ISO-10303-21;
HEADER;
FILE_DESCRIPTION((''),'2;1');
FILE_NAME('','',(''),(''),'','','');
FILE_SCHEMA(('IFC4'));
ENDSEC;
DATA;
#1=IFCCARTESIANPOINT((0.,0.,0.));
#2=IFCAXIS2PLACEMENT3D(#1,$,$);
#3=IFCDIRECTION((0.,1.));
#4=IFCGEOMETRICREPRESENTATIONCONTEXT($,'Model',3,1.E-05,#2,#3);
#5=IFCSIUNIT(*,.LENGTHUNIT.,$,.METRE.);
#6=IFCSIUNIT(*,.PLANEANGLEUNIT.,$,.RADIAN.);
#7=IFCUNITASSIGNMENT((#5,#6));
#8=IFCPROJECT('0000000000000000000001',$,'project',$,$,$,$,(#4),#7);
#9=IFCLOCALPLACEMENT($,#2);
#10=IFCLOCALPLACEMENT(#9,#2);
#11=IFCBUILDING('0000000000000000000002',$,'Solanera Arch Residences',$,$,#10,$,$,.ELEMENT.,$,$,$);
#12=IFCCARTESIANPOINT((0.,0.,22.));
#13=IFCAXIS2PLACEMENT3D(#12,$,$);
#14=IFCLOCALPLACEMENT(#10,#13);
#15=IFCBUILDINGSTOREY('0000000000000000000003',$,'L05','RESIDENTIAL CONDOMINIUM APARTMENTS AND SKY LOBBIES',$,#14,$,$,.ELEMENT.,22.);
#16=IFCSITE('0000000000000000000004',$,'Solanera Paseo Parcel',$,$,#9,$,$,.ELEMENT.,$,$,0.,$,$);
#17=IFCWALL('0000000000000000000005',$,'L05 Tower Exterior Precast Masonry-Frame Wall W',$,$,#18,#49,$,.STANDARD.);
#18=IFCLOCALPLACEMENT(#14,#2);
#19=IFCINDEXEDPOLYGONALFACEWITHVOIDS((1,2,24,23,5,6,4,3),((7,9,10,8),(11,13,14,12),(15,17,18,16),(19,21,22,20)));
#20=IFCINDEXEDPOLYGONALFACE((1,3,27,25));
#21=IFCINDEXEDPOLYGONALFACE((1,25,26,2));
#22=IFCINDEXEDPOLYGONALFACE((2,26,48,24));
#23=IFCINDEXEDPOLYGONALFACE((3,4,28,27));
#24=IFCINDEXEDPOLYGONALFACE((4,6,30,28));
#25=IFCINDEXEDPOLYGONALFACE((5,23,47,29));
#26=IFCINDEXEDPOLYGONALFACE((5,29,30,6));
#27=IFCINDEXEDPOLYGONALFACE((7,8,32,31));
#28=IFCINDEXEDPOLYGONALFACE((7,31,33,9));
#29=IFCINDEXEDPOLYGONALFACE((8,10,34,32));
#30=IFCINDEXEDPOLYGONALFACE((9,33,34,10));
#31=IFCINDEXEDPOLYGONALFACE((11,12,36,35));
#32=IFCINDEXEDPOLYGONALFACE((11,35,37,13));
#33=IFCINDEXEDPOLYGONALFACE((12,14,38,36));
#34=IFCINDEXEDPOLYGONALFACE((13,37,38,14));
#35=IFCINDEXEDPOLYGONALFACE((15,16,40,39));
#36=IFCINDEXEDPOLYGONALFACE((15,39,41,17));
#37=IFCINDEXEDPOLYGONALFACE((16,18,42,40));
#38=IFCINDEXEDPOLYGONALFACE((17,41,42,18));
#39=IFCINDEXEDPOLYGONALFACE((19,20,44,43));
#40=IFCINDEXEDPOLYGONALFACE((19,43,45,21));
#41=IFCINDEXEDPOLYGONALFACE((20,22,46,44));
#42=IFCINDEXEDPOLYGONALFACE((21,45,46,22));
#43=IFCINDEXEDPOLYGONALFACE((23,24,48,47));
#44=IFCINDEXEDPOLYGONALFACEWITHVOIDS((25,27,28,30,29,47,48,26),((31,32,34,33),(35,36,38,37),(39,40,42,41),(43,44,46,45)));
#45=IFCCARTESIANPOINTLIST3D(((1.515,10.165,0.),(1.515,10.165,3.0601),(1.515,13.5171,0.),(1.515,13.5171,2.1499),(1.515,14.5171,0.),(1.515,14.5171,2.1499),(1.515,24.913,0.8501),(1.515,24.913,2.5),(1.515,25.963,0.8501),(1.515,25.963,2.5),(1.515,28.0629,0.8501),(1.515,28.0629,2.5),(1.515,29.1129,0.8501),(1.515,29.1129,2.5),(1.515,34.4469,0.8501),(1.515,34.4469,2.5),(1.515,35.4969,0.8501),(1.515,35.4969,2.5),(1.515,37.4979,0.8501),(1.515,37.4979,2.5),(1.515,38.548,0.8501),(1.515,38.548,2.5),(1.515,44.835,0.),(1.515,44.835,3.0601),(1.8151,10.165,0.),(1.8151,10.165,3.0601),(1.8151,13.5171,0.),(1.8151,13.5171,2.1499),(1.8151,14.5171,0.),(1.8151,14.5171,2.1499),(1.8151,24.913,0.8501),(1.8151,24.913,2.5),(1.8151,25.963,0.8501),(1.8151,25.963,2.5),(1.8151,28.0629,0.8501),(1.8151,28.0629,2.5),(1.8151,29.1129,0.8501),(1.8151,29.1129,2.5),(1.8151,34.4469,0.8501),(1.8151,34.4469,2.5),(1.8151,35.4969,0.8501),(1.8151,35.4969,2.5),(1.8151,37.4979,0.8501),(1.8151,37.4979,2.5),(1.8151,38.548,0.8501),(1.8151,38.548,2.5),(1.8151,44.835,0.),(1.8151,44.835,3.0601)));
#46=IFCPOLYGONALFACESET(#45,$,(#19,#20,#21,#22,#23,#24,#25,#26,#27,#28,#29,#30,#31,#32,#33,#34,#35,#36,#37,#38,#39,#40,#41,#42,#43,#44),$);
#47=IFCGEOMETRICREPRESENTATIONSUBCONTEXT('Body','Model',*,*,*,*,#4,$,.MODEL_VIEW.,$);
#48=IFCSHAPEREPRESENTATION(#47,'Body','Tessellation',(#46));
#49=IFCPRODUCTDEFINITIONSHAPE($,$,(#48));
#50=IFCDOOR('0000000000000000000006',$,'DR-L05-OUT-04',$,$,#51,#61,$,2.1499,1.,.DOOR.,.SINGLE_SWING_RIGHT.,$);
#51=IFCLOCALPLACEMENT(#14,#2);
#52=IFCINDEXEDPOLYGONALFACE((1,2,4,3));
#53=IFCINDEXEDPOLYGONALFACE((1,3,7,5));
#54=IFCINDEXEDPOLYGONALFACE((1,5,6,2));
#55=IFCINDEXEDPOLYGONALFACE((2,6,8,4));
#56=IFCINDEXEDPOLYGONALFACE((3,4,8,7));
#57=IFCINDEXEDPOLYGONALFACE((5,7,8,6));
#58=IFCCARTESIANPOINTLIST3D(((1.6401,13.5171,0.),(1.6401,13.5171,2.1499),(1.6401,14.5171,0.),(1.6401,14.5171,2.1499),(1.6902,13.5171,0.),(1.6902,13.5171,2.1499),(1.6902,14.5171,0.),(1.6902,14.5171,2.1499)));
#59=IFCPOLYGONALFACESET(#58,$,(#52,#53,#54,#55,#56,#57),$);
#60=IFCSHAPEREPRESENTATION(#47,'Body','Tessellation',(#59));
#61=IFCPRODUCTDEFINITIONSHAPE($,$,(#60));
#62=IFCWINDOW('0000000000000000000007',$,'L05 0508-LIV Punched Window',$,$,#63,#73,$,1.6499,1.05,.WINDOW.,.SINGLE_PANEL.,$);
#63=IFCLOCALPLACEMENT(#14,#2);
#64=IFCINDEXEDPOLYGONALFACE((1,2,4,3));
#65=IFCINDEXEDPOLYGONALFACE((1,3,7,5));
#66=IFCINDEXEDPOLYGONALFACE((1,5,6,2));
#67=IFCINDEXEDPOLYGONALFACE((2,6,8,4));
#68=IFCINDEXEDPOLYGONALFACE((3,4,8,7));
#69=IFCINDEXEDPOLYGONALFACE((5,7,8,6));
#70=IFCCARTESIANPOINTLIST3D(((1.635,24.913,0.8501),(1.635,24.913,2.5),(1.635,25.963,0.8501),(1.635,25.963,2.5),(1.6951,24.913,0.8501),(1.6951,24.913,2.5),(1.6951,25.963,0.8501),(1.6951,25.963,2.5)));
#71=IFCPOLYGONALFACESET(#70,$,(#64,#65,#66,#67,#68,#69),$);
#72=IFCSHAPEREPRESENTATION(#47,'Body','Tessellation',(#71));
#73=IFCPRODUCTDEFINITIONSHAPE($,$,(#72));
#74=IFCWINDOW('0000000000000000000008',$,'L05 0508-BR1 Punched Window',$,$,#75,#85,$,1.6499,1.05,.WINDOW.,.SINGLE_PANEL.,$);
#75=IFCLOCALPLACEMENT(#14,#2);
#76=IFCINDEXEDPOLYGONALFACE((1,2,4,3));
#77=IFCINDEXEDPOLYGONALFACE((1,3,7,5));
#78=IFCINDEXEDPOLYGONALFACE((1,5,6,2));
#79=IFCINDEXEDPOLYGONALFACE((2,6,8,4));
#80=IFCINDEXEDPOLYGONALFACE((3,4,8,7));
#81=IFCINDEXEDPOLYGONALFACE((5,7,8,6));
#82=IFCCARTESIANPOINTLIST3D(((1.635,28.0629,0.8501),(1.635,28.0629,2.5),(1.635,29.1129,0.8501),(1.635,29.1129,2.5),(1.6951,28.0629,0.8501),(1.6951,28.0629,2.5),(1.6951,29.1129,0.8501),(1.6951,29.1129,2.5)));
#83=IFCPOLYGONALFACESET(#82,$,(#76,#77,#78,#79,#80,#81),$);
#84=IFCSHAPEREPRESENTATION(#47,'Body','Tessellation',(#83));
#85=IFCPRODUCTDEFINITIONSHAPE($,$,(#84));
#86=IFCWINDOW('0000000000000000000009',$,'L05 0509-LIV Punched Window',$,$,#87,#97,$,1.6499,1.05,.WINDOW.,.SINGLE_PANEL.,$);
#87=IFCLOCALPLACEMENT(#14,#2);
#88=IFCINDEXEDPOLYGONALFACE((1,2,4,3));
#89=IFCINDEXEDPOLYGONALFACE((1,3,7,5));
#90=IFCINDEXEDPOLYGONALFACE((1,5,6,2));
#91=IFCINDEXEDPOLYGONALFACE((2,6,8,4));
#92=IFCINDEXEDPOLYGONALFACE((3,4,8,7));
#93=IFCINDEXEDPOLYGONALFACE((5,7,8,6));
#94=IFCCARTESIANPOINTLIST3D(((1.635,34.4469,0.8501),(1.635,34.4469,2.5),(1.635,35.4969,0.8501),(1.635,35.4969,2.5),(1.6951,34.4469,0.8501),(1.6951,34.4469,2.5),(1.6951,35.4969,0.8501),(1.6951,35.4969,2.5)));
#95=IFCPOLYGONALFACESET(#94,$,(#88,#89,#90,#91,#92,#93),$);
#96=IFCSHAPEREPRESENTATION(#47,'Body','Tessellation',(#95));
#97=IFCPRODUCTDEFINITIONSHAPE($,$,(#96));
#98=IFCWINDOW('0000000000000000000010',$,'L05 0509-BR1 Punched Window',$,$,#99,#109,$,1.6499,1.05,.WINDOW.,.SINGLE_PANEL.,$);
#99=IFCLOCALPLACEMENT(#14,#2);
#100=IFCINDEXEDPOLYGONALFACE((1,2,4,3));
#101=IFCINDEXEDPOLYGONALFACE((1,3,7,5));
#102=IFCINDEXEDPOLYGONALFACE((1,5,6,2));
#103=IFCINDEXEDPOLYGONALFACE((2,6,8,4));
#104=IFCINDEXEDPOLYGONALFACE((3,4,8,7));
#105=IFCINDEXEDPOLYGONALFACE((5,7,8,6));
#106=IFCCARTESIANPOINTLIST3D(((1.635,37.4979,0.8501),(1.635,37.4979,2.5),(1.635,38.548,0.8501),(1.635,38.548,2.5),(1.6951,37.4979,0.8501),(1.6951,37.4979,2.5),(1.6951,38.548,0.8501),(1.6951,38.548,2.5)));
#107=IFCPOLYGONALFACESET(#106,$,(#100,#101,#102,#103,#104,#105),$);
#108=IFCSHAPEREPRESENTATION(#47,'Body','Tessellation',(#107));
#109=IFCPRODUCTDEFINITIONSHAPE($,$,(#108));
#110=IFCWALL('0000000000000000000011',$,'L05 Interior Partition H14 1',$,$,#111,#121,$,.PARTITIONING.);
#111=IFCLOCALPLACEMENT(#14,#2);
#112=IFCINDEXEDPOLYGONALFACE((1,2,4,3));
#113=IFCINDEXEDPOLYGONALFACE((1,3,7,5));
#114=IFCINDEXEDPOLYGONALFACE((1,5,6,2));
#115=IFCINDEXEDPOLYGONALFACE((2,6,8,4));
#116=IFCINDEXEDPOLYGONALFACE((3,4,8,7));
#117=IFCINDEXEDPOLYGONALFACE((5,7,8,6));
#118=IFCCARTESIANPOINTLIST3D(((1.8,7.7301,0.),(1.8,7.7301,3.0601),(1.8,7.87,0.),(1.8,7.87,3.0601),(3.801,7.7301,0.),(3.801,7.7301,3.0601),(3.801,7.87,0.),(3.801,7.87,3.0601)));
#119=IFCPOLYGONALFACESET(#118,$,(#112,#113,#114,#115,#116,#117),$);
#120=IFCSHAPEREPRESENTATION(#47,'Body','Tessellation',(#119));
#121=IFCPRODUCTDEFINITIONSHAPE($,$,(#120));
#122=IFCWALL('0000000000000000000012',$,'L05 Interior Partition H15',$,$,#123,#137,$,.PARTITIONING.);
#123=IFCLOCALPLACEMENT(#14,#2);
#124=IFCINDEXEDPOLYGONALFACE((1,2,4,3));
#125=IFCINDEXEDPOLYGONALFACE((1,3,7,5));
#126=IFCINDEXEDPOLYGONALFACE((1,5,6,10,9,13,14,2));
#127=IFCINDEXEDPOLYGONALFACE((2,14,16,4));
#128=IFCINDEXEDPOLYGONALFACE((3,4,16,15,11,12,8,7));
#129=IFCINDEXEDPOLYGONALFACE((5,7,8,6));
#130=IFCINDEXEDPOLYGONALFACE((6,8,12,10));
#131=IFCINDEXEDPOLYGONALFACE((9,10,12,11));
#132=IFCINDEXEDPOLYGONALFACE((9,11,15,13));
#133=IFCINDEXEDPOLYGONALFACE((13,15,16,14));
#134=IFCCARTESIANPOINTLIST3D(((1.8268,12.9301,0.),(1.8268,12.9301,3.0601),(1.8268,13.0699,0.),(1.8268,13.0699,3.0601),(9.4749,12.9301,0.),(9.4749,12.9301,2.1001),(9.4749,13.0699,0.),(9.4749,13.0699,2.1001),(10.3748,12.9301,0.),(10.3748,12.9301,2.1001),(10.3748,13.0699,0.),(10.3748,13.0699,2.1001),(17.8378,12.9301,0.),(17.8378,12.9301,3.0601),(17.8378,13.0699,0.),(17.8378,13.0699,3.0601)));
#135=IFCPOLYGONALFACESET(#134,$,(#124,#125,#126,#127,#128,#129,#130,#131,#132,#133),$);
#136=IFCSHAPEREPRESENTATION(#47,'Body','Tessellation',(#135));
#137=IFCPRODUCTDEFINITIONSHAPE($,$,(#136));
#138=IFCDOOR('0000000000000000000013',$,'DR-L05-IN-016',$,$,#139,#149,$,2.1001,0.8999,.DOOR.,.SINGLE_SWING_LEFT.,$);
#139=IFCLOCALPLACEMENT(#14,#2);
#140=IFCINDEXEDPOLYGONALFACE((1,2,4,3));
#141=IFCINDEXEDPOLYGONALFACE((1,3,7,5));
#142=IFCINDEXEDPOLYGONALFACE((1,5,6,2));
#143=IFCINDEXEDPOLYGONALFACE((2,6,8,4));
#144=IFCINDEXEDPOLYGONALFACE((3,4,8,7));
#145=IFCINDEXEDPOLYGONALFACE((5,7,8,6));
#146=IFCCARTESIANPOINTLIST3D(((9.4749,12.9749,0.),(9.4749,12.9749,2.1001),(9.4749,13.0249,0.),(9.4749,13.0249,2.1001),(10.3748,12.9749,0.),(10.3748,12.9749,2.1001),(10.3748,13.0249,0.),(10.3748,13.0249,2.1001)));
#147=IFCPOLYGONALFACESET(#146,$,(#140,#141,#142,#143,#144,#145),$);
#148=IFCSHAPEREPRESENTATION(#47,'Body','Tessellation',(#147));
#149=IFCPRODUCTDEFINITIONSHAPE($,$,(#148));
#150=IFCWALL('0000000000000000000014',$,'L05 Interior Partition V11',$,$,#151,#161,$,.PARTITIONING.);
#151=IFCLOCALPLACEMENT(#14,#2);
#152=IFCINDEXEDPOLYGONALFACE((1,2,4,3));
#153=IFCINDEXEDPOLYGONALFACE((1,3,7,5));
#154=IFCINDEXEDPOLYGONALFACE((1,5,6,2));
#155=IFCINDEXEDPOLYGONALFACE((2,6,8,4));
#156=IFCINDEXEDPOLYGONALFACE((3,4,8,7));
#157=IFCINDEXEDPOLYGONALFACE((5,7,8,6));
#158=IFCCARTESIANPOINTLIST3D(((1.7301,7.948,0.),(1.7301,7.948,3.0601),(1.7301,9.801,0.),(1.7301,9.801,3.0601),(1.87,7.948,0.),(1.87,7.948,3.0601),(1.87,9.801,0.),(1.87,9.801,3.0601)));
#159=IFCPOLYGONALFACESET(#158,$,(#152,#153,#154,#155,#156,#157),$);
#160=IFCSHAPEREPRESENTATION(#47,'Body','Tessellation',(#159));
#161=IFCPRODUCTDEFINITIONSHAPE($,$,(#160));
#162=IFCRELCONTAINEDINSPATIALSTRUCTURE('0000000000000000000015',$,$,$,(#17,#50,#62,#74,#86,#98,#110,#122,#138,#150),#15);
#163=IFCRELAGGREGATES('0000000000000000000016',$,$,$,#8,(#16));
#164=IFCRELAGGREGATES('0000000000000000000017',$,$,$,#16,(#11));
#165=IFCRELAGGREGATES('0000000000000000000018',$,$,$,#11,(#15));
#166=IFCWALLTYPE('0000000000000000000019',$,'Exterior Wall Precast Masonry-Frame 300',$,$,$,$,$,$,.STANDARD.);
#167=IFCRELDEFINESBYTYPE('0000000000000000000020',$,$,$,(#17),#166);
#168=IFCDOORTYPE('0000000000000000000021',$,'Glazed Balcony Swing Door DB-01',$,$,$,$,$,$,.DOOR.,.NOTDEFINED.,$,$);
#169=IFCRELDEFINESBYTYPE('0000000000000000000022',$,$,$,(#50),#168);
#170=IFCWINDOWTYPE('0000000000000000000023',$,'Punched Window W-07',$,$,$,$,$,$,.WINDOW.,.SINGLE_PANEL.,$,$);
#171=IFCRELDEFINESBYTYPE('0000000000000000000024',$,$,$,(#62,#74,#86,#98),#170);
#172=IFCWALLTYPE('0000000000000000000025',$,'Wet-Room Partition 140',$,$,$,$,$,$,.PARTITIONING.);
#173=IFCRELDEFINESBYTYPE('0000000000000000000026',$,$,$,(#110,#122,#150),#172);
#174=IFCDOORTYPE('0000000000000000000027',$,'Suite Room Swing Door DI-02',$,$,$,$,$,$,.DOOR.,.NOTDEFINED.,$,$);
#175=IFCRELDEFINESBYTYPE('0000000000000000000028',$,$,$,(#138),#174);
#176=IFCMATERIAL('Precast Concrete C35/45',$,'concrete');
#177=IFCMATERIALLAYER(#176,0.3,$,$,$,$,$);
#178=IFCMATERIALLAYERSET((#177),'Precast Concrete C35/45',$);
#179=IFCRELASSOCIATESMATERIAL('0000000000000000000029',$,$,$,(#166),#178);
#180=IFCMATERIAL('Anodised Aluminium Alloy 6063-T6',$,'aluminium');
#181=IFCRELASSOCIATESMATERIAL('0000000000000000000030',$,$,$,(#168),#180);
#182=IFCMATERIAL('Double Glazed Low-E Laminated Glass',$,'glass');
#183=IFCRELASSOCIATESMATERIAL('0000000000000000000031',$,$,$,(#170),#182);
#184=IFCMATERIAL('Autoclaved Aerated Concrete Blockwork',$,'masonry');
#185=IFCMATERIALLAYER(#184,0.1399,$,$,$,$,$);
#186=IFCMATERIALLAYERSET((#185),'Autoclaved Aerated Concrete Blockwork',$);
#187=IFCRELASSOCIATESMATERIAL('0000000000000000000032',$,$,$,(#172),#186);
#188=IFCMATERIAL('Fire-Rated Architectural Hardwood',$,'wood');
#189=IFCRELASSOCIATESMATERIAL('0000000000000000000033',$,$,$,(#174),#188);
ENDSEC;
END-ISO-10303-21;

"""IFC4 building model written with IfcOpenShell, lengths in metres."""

from ifc_helpers import new_model, si_unit, direction, frame, frame_2d, origin, place, context, subcontext, project, spatial, rectangle, extrude, material, layer, layer_set, type_object, element, fill, save


model = new_model("IFC4")

# Units and contexts
model_context = context("Model", 3, precision=1e-05, world=origin(), true_north=direction((0.0, 1.0)))
body_context = subcontext(model_context, "Body", "Model", "MODEL_VIEW")
ifc_project = project(units=[si_unit("LENGTHUNIT", "METRE"), si_unit("PLANEANGLEUNIT", "RADIAN")], contexts=[model_context])

# Site, building, storey
site_placement = place(None, origin())
site = spatial("IfcSite", under=ifc_project, at=site_placement, Name="Solanera Paseo Parcel", CompositionType="ELEMENT", RefElevation=0.0)
building_placement = place(site_placement, origin())
building = spatial("IfcBuilding", under=site, at=building_placement, Name="Solanera Arch Residences", CompositionType="ELEMENT")
storey_placement = place(building_placement, frame((0.0, 0.0, 22.0)))
storey = spatial("IfcBuildingStorey", under=building, at=storey_placement, Name="L05", Description="RESIDENTIAL CONDOMINIUM APARTMENTS AND SKY LOBBIES", CompositionType="ELEMENT", Elevation=22.0)

# Wall, openings, door, windows
ifc_material_1 = material(Name="Precast Concrete C35/45", Category="concrete")
ifc_layer_1 = layer(ifc_material_1, 0.3)
ifc_layer_set_1 = layer_set([ifc_layer_1], Name="Precast Concrete C35/45")
wall_type_1 = type_object("IfcWallType", Name="Exterior Wall Precast Masonry-Frame 300", PredefinedType="STANDARD", material=ifc_layer_set_1)
wall_1_placement = place(storey_placement, frame((1.665, 10.165, 0.0), z_axis=(0.0, 0.0, 1.0), x_axis=(0.0, 1.0, 0.0)))
wall_1 = element("IfcWall", 1, at=wall_1_placement, inside=storey, type_object=wall_type_1, Name="L05 Tower Exterior Precast Masonry-Frame Wall W", PredefinedType="STANDARD", context=body_context, shape_type="SweptSolid", body=[
    extrude(rectangle(XDim=34.6699, YDim=0.3, at=frame_2d((17.335, 0.0))), origin(), (0.0, 0.0, 1.0), 3.0601),
])
opening_1_placement = place(wall_1_placement, frame((3.3521, 0.0, 0.0)))
opening_1 = element("IfcOpeningElement", 2, at=opening_1_placement, cuts=wall_1, PredefinedType="OPENING", context=body_context, shape_type="SweptSolid", body=[
    extrude(rectangle(XDim=1.0, YDim=2.1499, at=frame_2d((0.5, 1.075))), frame((0.0, 0.1599, 0.0), z_axis=(0.0, -1.0, 0.0), x_axis=(1.0, 0.0, 0.0)), (0.0, 0.0, 1.0), 0.32),
])
opening_2_placement = place(wall_1_placement, frame((14.748, 0.0, 0.8501)))
opening_2 = element("IfcOpeningElement", 3, at=opening_2_placement, cuts=wall_1, PredefinedType="OPENING", context=body_context, shape_type="SweptSolid", body=[
    extrude(rectangle(XDim=1.05, YDim=1.6499, at=frame_2d((0.5249, 0.825))), frame((0.0, 0.1599, 0.0), z_axis=(0.0, -1.0, 0.0), x_axis=(1.0, 0.0, 0.0)), (0.0, 0.0, 1.0), 0.32),
])
opening_3_placement = place(wall_1_placement, frame((17.8979, 0.0, 0.8501)))
opening_3 = element("IfcOpeningElement", 4, at=opening_3_placement, cuts=wall_1, PredefinedType="OPENING", context=body_context, shape_type="SweptSolid", body=[
    extrude(rectangle(XDim=1.05, YDim=1.6499, at=frame_2d((0.5249, 0.825))), frame((0.0, 0.1599, 0.0), z_axis=(0.0, -1.0, 0.0), x_axis=(1.0, 0.0, 0.0)), (0.0, 0.0, 1.0), 0.32),
])
opening_4_placement = place(wall_1_placement, frame((24.282, 0.0, 0.8501)))
opening_4 = element("IfcOpeningElement", 5, at=opening_4_placement, cuts=wall_1, PredefinedType="OPENING", context=body_context, shape_type="SweptSolid", body=[
    extrude(rectangle(XDim=1.05, YDim=1.6499, at=frame_2d((0.5249, 0.825))), frame((0.0, 0.1599, 0.0), z_axis=(0.0, -1.0, 0.0), x_axis=(1.0, 0.0, 0.0)), (0.0, 0.0, 1.0), 0.32),
])
opening_5_placement = place(wall_1_placement, frame((27.333, 0.0, 0.8501)))
opening_5 = element("IfcOpeningElement", 6, at=opening_5_placement, cuts=wall_1, PredefinedType="OPENING", context=body_context, shape_type="SweptSolid", body=[
    extrude(rectangle(XDim=1.05, YDim=1.6499, at=frame_2d((0.5249, 0.825))), frame((0.0, 0.1599, 0.0), z_axis=(0.0, -1.0, 0.0), x_axis=(1.0, 0.0, 0.0)), (0.0, 0.0, 1.0), 0.32),
])
ifc_material_2 = material(Name="Anodised Aluminium Alloy 6063-T6", Category="aluminium")
door_type_1 = type_object("IfcDoorType", Name="Glazed Balcony Swing Door DB-01", OperationType="NOTDEFINED", PredefinedType="DOOR", material=ifc_material_2)
door_1_placement = place(opening_1_placement, origin())
door_1 = element("IfcDoor", 7, at=door_1_placement, inside=storey, type_object=door_type_1, Name="DR-L05-OUT-04", OperationType="SINGLE_SWING_RIGHT", OverallHeight=2.1499, OverallWidth=1.0, PredefinedType="DOOR", context=body_context, shape_type="SweptSolid", body=[
    extrude(rectangle(XDim=1.0, YDim=2.1499, at=frame_2d((0.5, 1.075))), frame((0.0, 0.0249, 0.0), z_axis=(0.0, -1.0, 0.0), x_axis=(1.0, 0.0, 0.0)), (0.0, 0.0, 1.0), 0.05),
])
fill(opening_1, door_1)
ifc_material_3 = material(Name="Double Glazed Low-E Laminated Glass", Category="glass")
window_type = type_object("IfcWindowType", Name="Punched Window W-07", PartitioningType="SINGLE_PANEL", PredefinedType="WINDOW", material=ifc_material_3)
window_1_placement = place(opening_2_placement, origin())
window_1 = element("IfcWindow", 8, at=window_1_placement, inside=storey, type_object=window_type, Name="L05 0508-LIV Punched Window", OverallHeight=1.6499, OverallWidth=1.05, PartitioningType="SINGLE_PANEL", PredefinedType="WINDOW", context=body_context, shape_type="SweptSolid", body=[
    extrude(rectangle(XDim=1.05, YDim=1.6499, at=frame_2d((0.5249, 0.825))), frame((0.0, 0.03, 0.0), z_axis=(0.0, -1.0, 0.0), x_axis=(1.0, 0.0, 0.0)), (0.0, 0.0, 1.0), 0.0601),
])
fill(opening_2, window_1)
window_2_placement = place(opening_3_placement, origin())
window_2 = element("IfcWindow", 9, at=window_2_placement, inside=storey, type_object=window_type, Name="L05 0508-BR1 Punched Window", OverallHeight=1.6499, OverallWidth=1.05, PartitioningType="SINGLE_PANEL", PredefinedType="WINDOW", context=body_context, shape_type="SweptSolid", body=[
    extrude(rectangle(XDim=1.05, YDim=1.6499, at=frame_2d((0.5249, 0.825))), frame((0.0, 0.03, 0.0), z_axis=(0.0, -1.0, 0.0), x_axis=(1.0, 0.0, 0.0)), (0.0, 0.0, 1.0), 0.0601),
])
fill(opening_3, window_2)
window_3_placement = place(opening_4_placement, origin())
window_3 = element("IfcWindow", 10, at=window_3_placement, inside=storey, type_object=window_type, Name="L05 0509-LIV Punched Window", OverallHeight=1.6499, OverallWidth=1.05, PartitioningType="SINGLE_PANEL", PredefinedType="WINDOW", context=body_context, shape_type="SweptSolid", body=[
    extrude(rectangle(XDim=1.05, YDim=1.6499, at=frame_2d((0.5249, 0.825))), frame((0.0, 0.03, 0.0), z_axis=(0.0, -1.0, 0.0), x_axis=(1.0, 0.0, 0.0)), (0.0, 0.0, 1.0), 0.0601),
])
fill(opening_4, window_3)
window_4_placement = place(opening_5_placement, origin())
window_4 = element("IfcWindow", 11, at=window_4_placement, inside=storey, type_object=window_type, Name="L05 0509-BR1 Punched Window", OverallHeight=1.6499, OverallWidth=1.05, PartitioningType="SINGLE_PANEL", PredefinedType="WINDOW", context=body_context, shape_type="SweptSolid", body=[
    extrude(rectangle(XDim=1.05, YDim=1.6499, at=frame_2d((0.5249, 0.825))), frame((0.0, 0.03, 0.0), z_axis=(0.0, -1.0, 0.0), x_axis=(1.0, 0.0, 0.0)), (0.0, 0.0, 1.0), 0.0601),
])
fill(opening_5, window_4)

# Wall
ifc_material_4 = material(Name="Autoclaved Aerated Concrete Blockwork", Category="masonry")
ifc_layer_2 = layer(ifc_material_4, 0.1399)
ifc_layer_set_2 = layer_set([ifc_layer_2], Name="Autoclaved Aerated Concrete Blockwork")
wall_type_2 = type_object("IfcWallType", Name="Wet-Room Partition 140", PredefinedType="PARTITIONING", material=ifc_layer_set_2)
wall_2_placement = place(storey_placement, frame((1.8, 7.8, 0.0), z_axis=(0.0, 0.0, 1.0), x_axis=(1.0, 0.0, 0.0)))
element("IfcWall", 12, at=wall_2_placement, inside=storey, type_object=wall_type_2, Name="L05 Interior Partition H14 1", PredefinedType="PARTITIONING", context=body_context, shape_type="SweptSolid", body=[
    extrude(rectangle(XDim=2.001, YDim=0.1399, at=frame_2d((1.0005, 0.0))), origin(), (0.0, 0.0, 1.0), 3.0601),
])

# Wall, opening, door
wall_3_placement = place(storey_placement, frame((1.8269, 13.0, 0.0), z_axis=(0.0, 0.0, 1.0), x_axis=(1.0, 0.0, 0.0)))
wall_3 = element("IfcWall", 13, at=wall_3_placement, inside=storey, type_object=wall_type_2, Name="L05 Interior Partition H15", PredefinedType="PARTITIONING", context=body_context, shape_type="SweptSolid", body=[
    extrude(rectangle(XDim=16.011, YDim=0.1399, at=frame_2d((8.0054, 0.0))), origin(), (0.0, 0.0, 1.0), 3.0601),
])
opening_6_placement = place(wall_3_placement, frame((7.6479, 0.0, 0.0)))
opening_6 = element("IfcOpeningElement", 14, at=opening_6_placement, cuts=wall_3, PredefinedType="OPENING", context=body_context, shape_type="SweptSolid", body=[
    extrude(rectangle(XDim=0.8999, YDim=2.1001, at=frame_2d((0.45, 1.05))), frame((0.0, 0.0798, 0.0), z_axis=(0.0, -1.0, 0.0), x_axis=(1.0, 0.0, 0.0)), (0.0, 0.0, 1.0), 0.1599),
])
ifc_material_5 = material(Name="Fire-Rated Architectural Hardwood", Category="wood")
door_type_2 = type_object("IfcDoorType", Name="Suite Room Swing Door DI-02", OperationType="NOTDEFINED", PredefinedType="DOOR", material=ifc_material_5)
door_2_placement = place(opening_6_placement, origin())
door_2 = element("IfcDoor", 15, at=door_2_placement, inside=storey, type_object=door_type_2, Name="DR-L05-IN-016", OperationType="SINGLE_SWING_LEFT", OverallHeight=2.1001, OverallWidth=0.8999, PredefinedType="DOOR", context=body_context, shape_type="SweptSolid", body=[
    extrude(rectangle(XDim=0.8999, YDim=2.1001, at=frame_2d((0.45, 1.05))), frame((0.0, 0.0249, 0.0), z_axis=(0.0, -1.0, 0.0), x_axis=(1.0, 0.0, 0.0)), (0.0, 0.0, 1.0), 0.05),
])
fill(opening_6, door_2)

# Wall
wall_4_placement = place(storey_placement, frame((1.8, 7.948, 0.0), z_axis=(0.0, 0.0, 1.0), x_axis=(0.0, 1.0, 0.0)))
element("IfcWall", 16, at=wall_4_placement, inside=storey, type_object=wall_type_2, Name="L05 Interior Partition V11", PredefinedType="PARTITIONING", context=body_context, shape_type="SweptSolid", body=[
    extrude(rectangle(XDim=1.853, YDim=0.1399, at=frame_2d((0.9265, 0.0))), origin(), (0.0, 0.0, 1.0), 3.0601),
])

save(model, "model.ifc")
